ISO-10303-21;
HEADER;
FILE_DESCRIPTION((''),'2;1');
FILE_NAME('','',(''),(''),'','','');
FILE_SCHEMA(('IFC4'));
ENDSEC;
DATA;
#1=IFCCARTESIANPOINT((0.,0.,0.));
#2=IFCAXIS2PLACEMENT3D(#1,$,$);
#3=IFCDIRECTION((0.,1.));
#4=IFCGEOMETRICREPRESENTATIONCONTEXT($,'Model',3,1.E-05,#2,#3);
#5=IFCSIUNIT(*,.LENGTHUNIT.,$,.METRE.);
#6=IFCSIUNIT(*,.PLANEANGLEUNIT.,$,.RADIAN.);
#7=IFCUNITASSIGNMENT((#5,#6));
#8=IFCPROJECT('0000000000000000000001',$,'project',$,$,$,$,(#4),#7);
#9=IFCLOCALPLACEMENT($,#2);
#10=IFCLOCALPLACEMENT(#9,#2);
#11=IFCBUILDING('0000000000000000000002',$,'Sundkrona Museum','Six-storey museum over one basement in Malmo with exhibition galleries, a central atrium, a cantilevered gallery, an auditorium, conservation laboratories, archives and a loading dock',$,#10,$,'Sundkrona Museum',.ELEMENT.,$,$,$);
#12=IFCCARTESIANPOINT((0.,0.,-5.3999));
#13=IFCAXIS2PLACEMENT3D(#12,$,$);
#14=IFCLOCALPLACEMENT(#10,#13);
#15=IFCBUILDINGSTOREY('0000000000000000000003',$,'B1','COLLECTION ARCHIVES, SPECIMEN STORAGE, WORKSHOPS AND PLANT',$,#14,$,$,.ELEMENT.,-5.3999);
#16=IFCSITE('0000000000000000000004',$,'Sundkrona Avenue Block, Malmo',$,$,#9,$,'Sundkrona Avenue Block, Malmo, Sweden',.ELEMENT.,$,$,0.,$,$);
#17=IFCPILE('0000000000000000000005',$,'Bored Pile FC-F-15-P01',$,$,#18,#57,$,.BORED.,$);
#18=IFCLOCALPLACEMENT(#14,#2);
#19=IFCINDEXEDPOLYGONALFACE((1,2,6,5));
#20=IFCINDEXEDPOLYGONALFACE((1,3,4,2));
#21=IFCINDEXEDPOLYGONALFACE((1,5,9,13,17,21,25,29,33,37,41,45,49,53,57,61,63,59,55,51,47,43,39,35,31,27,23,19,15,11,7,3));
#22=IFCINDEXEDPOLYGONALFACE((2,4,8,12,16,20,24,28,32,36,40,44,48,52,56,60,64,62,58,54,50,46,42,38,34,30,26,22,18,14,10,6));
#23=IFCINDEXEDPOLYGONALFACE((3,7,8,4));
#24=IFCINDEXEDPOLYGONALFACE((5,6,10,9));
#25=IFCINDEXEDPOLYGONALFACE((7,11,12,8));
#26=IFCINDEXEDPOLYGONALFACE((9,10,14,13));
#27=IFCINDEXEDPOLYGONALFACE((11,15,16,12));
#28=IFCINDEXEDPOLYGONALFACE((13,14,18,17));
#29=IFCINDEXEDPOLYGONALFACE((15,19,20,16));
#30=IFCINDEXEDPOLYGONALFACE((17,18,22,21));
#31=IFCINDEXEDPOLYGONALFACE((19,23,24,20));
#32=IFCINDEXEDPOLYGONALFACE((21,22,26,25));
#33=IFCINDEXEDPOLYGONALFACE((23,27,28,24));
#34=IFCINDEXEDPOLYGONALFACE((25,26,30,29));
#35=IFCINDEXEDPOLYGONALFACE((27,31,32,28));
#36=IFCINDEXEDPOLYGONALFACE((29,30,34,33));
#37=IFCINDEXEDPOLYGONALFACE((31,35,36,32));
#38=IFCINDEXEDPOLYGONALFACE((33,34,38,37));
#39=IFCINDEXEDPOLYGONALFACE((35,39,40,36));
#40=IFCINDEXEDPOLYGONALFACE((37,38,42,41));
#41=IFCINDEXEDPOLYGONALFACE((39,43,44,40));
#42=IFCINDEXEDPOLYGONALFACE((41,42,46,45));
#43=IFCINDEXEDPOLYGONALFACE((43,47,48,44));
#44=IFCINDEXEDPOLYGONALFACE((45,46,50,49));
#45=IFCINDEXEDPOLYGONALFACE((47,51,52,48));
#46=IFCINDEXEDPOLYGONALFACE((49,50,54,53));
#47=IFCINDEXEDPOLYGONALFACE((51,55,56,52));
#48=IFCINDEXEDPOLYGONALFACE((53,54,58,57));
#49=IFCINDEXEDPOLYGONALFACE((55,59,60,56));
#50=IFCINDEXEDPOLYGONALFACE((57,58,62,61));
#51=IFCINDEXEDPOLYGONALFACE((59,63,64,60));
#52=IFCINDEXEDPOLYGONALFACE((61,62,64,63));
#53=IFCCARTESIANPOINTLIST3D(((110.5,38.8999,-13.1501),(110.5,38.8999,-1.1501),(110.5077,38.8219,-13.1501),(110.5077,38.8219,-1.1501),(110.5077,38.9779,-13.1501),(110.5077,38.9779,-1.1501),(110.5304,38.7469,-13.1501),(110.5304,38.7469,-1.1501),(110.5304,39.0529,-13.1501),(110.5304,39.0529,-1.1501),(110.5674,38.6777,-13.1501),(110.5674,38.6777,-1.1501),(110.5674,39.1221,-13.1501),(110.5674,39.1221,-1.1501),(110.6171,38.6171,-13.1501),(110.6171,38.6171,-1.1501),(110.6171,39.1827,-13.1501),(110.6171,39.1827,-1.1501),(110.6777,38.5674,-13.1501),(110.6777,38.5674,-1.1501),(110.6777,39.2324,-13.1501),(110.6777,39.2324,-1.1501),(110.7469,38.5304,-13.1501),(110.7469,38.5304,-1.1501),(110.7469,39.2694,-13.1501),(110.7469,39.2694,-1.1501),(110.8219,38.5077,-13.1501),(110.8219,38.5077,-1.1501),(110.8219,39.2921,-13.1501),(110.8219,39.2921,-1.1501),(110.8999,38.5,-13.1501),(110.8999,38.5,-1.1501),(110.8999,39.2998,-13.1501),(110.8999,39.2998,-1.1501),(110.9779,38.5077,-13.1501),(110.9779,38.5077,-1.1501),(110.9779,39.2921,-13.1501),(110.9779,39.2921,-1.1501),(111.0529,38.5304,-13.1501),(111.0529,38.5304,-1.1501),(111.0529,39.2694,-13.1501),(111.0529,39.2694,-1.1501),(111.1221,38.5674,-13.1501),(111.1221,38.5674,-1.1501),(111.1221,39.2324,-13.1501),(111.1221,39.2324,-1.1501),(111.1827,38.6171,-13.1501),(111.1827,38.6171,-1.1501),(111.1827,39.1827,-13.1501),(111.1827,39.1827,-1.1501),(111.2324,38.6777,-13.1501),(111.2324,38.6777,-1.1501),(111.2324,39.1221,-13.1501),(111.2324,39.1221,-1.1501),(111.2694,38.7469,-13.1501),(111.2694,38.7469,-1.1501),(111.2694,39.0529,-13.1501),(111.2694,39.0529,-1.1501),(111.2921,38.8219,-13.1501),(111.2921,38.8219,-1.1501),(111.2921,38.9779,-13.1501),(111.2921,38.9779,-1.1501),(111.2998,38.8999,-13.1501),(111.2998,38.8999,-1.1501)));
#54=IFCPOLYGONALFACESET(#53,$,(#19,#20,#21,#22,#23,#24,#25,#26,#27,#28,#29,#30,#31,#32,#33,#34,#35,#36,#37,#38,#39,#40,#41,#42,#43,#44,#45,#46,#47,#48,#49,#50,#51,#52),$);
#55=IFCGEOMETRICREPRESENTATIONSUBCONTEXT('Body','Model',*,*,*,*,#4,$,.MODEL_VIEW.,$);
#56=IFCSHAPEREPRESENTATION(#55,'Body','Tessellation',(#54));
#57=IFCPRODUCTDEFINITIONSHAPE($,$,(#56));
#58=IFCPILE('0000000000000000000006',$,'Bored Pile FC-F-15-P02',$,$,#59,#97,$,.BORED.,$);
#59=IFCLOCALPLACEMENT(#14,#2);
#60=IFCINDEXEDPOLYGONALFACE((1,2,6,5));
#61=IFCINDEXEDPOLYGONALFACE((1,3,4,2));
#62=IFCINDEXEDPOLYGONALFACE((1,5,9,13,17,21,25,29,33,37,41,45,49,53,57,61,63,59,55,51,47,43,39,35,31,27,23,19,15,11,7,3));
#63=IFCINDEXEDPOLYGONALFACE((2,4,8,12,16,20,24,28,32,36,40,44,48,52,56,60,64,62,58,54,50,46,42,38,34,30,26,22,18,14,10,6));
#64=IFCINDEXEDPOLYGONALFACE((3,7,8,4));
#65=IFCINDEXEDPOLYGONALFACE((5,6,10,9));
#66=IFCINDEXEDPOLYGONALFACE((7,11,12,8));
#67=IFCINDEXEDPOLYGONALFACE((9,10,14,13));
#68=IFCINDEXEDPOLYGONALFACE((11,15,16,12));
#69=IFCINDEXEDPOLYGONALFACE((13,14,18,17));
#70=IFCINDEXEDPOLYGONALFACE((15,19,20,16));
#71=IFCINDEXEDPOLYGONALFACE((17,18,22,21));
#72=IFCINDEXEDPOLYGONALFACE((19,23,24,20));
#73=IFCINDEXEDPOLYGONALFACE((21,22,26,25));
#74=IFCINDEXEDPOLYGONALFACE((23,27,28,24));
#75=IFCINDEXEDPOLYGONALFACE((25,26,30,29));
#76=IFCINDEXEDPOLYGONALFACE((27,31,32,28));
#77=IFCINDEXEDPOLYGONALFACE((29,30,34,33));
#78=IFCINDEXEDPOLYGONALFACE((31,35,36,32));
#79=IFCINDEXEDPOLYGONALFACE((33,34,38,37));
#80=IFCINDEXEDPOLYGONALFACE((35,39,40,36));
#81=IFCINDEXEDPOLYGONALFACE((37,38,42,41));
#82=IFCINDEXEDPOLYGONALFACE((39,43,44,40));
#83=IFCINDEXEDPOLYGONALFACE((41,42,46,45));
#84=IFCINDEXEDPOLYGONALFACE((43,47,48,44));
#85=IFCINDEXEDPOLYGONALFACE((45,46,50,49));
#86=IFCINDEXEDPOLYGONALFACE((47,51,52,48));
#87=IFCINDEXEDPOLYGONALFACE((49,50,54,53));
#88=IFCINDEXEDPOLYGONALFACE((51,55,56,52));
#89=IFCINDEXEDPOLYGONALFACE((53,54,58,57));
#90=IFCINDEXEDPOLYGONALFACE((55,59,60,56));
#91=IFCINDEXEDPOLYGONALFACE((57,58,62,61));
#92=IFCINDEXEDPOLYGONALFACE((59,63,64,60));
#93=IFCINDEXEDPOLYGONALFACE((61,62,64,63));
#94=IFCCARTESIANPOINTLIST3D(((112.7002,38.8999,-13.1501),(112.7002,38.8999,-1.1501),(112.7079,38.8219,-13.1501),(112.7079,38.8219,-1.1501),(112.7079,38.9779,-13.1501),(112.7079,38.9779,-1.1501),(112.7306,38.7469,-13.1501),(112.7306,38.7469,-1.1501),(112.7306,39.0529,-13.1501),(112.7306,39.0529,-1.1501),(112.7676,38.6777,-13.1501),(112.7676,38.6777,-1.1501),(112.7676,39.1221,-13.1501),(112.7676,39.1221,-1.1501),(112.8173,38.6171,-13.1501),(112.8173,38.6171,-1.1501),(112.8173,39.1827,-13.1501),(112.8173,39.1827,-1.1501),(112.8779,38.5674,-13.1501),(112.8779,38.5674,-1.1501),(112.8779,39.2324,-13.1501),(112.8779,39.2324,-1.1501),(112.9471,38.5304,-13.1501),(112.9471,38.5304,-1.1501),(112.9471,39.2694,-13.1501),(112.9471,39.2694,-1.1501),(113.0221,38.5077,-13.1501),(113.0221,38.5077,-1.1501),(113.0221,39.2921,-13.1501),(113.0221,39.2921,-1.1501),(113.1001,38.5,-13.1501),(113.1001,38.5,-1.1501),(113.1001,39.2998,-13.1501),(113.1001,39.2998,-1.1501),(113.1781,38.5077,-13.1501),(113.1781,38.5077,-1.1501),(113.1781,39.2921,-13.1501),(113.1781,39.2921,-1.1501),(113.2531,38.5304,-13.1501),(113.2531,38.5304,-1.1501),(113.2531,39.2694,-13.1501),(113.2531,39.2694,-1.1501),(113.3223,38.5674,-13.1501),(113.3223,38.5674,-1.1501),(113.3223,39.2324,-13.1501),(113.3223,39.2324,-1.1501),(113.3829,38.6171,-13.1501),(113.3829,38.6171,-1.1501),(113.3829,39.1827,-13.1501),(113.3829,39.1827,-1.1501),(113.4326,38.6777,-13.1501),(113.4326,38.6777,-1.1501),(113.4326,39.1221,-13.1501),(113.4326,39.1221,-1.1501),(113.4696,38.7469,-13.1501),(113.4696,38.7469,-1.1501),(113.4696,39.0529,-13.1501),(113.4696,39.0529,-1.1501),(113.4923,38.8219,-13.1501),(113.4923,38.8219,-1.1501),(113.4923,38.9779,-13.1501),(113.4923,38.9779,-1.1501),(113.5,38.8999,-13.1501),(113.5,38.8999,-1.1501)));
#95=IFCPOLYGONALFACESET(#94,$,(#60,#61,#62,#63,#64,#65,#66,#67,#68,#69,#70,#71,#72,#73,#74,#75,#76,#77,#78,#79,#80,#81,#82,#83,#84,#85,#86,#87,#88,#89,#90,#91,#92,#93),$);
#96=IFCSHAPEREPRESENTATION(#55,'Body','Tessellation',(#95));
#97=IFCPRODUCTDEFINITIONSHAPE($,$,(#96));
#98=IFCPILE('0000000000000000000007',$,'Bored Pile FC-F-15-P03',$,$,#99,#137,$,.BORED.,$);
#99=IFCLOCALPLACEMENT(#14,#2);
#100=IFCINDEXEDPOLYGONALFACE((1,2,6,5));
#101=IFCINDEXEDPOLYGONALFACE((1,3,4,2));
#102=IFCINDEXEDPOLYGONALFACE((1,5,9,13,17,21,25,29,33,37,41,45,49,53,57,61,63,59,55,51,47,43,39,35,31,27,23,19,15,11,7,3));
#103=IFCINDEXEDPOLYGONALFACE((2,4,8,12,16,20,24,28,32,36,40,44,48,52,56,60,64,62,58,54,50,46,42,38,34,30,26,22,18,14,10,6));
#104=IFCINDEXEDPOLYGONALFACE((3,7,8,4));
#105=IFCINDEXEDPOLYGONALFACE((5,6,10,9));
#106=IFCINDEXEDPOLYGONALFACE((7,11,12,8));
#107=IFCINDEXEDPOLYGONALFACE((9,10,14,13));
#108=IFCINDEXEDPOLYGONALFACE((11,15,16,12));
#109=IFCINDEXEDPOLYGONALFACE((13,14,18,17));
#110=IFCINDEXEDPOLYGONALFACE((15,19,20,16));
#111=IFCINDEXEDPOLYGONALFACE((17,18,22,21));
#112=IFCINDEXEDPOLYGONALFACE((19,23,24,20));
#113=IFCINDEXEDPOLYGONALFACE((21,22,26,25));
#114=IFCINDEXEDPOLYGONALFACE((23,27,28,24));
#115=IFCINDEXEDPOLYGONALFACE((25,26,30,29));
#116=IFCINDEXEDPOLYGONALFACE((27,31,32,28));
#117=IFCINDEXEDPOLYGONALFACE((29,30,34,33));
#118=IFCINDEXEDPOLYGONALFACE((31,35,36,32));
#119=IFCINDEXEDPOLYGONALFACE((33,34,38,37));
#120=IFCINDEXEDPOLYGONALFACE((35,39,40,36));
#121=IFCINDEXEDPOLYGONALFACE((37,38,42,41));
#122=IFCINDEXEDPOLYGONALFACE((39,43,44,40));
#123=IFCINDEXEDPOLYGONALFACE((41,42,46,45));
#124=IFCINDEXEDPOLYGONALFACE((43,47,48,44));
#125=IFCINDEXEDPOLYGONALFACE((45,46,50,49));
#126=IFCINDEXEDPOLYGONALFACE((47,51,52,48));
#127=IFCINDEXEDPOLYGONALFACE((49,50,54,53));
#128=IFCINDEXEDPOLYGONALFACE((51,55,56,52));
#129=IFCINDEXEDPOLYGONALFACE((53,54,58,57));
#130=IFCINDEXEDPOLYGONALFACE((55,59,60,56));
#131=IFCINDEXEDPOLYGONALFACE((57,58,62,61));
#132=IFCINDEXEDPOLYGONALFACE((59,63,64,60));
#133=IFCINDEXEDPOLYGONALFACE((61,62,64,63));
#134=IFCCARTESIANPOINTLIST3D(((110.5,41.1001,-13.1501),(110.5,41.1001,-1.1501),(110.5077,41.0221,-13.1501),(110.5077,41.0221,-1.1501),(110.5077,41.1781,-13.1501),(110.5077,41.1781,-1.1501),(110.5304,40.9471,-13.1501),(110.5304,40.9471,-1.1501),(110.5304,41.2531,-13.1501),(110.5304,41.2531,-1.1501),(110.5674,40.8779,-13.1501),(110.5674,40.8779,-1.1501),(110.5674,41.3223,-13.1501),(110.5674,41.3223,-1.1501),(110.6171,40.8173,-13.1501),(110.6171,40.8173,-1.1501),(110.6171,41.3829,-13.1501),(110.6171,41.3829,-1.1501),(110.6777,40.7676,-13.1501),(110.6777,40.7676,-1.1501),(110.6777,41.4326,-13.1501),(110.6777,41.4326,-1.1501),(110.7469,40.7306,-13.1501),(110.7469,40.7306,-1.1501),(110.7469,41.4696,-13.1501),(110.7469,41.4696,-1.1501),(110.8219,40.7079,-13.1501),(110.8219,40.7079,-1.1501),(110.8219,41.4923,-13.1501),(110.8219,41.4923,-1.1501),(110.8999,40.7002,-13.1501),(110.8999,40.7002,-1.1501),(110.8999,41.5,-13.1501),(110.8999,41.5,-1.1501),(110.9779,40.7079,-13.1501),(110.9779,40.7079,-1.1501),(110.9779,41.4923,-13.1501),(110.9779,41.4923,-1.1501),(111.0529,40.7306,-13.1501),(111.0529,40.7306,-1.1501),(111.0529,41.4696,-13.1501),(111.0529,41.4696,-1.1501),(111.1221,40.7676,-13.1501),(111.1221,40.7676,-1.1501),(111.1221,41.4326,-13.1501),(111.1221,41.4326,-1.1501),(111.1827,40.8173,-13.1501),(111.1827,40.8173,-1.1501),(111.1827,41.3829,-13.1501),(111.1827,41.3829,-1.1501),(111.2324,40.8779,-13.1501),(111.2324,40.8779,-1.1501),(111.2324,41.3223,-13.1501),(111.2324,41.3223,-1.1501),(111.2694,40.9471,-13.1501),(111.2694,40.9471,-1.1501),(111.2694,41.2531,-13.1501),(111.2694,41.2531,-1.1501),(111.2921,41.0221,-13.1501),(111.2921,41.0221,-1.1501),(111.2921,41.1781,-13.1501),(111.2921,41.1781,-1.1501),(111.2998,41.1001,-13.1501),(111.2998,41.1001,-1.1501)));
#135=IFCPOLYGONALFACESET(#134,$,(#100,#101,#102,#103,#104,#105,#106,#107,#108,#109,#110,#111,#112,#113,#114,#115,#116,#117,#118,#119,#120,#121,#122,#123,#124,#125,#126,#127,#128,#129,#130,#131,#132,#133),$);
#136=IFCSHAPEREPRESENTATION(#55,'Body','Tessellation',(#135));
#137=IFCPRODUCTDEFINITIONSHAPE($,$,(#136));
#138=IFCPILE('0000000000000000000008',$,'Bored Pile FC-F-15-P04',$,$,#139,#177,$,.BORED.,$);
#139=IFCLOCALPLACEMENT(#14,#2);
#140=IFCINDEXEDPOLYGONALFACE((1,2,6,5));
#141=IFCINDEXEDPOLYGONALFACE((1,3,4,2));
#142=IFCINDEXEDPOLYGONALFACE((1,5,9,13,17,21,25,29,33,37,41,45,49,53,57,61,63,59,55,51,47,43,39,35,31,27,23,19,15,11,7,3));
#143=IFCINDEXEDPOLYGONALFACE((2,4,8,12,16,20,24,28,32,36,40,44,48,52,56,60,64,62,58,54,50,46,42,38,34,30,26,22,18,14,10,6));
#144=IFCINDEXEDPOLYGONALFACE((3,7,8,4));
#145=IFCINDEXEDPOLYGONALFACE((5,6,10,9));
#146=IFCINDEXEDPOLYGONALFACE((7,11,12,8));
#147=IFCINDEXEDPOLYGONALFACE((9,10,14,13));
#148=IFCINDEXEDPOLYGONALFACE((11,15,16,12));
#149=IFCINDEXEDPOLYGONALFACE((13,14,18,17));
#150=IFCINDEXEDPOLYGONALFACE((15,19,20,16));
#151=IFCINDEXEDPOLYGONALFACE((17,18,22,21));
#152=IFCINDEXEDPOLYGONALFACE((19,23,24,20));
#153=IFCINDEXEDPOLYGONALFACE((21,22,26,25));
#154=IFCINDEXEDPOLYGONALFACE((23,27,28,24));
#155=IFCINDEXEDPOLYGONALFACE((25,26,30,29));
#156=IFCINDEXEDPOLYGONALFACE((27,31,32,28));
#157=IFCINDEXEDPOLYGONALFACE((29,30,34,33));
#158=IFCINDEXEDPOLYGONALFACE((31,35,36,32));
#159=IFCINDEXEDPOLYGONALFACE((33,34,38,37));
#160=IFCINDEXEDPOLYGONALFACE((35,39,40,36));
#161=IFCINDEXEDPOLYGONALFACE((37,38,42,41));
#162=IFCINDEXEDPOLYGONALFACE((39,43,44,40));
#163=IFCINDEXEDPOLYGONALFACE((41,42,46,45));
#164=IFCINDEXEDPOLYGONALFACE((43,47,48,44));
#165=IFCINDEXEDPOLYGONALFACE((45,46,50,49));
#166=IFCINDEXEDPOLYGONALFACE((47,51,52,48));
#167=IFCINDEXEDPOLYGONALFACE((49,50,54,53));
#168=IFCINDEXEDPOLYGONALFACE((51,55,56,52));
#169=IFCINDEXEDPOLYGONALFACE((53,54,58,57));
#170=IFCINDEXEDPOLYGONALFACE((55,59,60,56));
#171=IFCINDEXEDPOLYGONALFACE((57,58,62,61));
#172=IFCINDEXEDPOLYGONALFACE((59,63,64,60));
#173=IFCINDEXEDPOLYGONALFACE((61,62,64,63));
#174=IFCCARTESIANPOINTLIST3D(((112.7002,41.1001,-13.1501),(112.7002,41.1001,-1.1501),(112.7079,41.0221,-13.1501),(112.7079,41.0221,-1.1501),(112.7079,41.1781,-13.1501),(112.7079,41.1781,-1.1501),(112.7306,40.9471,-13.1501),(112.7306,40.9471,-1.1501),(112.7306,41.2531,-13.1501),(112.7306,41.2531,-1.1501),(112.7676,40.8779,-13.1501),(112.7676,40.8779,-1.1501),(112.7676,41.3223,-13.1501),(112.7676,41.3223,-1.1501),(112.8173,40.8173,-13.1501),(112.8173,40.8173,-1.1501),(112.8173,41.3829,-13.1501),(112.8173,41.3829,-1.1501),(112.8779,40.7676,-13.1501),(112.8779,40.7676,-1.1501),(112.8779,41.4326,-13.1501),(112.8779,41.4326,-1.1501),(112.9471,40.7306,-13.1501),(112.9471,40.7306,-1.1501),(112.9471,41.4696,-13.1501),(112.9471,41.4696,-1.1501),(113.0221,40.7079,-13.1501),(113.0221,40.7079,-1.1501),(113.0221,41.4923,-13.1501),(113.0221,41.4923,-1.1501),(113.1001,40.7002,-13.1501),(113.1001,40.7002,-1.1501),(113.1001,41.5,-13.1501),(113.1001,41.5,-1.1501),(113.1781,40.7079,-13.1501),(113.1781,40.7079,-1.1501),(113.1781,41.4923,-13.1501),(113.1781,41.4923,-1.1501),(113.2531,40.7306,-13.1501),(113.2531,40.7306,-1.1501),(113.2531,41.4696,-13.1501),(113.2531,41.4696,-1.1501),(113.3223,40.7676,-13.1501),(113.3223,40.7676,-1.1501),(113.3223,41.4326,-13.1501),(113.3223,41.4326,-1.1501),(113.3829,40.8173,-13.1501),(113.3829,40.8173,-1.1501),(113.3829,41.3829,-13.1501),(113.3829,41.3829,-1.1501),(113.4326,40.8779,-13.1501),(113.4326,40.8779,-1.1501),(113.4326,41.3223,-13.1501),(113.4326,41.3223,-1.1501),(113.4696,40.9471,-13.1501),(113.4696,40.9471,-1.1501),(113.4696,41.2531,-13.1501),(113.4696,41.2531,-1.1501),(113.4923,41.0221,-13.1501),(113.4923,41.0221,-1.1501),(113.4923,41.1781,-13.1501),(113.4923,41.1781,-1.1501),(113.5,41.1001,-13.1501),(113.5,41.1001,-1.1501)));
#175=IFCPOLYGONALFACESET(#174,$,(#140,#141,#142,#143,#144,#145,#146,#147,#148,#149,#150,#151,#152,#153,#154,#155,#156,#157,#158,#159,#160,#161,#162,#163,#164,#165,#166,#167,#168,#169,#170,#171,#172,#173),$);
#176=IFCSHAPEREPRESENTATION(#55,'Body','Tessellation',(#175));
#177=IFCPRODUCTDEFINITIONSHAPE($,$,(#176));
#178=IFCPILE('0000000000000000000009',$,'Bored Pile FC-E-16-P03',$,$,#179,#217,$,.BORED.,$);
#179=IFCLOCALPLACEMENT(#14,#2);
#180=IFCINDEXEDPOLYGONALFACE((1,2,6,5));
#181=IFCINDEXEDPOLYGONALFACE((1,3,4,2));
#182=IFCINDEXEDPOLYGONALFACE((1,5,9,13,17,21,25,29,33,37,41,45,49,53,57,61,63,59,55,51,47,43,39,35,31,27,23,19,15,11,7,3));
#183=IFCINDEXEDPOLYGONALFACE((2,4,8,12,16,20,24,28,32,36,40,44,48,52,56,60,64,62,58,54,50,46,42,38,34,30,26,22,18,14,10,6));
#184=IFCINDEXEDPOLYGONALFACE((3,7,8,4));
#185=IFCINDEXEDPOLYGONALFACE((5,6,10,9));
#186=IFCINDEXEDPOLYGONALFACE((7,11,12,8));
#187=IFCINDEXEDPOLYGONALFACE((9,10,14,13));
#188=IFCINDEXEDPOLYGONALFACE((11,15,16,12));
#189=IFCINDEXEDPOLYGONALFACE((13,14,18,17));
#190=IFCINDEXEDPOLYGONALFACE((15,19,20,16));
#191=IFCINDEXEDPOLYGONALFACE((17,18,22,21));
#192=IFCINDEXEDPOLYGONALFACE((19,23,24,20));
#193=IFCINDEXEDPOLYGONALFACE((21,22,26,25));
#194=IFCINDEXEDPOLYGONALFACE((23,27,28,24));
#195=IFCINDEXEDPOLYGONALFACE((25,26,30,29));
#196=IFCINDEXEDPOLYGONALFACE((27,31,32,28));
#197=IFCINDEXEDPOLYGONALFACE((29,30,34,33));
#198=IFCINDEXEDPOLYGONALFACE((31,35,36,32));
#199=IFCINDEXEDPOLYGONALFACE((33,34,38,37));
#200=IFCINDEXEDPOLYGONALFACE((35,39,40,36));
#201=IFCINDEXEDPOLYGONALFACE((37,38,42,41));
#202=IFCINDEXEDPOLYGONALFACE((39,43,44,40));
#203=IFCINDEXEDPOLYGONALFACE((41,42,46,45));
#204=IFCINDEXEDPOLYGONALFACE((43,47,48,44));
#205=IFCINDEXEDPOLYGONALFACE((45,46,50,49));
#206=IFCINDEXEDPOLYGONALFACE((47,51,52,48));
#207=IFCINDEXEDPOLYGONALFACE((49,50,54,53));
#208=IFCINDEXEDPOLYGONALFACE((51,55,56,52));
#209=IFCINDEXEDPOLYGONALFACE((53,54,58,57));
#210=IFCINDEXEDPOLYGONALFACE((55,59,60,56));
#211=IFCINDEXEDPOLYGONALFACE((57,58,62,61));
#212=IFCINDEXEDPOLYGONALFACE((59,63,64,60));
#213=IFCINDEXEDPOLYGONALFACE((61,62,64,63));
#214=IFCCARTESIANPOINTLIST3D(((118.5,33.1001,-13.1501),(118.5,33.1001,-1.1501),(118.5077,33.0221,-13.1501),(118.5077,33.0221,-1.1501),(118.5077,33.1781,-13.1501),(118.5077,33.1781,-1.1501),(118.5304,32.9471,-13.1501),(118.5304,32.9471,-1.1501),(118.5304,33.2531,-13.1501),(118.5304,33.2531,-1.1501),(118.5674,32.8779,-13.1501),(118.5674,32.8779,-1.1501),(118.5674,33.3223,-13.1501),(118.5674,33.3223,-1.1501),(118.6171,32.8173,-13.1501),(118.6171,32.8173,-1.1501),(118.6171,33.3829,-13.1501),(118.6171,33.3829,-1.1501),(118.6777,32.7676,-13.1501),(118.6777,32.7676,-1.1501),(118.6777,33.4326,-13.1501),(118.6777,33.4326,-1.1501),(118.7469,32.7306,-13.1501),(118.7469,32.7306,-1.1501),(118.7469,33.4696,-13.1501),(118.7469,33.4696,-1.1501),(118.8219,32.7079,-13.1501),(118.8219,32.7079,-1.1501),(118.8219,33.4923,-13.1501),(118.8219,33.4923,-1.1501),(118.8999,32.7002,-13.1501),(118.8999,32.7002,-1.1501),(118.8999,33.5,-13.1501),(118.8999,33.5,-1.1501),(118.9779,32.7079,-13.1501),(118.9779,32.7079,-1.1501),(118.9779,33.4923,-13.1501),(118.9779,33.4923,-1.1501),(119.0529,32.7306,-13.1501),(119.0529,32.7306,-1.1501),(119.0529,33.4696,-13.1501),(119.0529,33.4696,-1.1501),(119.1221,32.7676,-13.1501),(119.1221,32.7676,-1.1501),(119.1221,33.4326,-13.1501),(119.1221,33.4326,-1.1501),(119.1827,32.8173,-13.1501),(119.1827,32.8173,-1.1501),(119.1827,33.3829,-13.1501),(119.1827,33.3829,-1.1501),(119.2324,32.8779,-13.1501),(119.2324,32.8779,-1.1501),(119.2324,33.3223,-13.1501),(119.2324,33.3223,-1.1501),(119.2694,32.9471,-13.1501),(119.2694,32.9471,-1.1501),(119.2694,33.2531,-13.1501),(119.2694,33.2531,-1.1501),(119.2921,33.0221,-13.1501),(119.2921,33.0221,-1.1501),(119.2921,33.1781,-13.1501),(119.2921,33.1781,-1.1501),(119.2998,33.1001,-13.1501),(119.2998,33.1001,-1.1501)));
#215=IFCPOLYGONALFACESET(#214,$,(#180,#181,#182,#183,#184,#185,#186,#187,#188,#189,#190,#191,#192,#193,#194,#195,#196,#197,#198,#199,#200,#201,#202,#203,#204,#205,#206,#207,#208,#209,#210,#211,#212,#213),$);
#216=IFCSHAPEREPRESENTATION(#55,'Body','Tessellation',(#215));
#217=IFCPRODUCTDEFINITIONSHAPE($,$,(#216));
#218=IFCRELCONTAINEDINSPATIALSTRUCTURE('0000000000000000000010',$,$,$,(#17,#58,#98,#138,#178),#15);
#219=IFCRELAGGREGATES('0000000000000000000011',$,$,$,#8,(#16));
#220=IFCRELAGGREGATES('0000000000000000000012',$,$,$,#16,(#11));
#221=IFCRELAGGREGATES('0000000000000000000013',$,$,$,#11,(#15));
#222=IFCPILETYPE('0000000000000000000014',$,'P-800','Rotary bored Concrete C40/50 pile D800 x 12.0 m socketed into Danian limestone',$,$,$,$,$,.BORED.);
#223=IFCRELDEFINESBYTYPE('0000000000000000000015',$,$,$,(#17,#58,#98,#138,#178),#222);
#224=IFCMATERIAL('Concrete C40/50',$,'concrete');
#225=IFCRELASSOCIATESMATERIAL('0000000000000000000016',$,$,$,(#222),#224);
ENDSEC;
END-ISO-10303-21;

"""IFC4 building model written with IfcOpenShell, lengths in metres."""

from ifc_helpers import new_model, si_unit, direction, frame, origin, origin_2d, place, context, subcontext, project, spatial, circle, extrude, material, material_profile, profile_set, type_object, element, save


model = new_model("IFC4")

# Units and contexts
model_context = context("Model", 3, precision=1e-05, world=origin(), true_north=direction((0.0, 1.0)))
body_context = subcontext(model_context, "Body", "Model", "MODEL_VIEW")
ifc_project = project(units=[si_unit("LENGTHUNIT", "METRE"), si_unit("PLANEANGLEUNIT", "RADIAN")], contexts=[model_context])

# Site, building, storey
site_placement = place(None, origin())
site = spatial("IfcSite", under=ifc_project, at=site_placement, Name="Sundkrona Avenue Block, Malmo", LongName="Sundkrona Avenue Block, Malmo, Sweden", CompositionType="ELEMENT", RefElevation=0.0)
building_placement = place(site_placement, origin())
building = spatial("IfcBuilding", under=site, at=building_placement, Name="Sundkrona Museum", Description="Six-storey museum over one basement in Malmo with exhibition galleries, a central atrium, a cantilevered gallery, an auditorium, conservation laboratories, archives and a loading dock", LongName="Sundkrona Museum", CompositionType="ELEMENT")
storey_placement = place(building_placement, frame((0.0, 0.0, -5.3999)))
storey = spatial("IfcBuildingStorey", under=building, at=storey_placement, Name="B1", Description="COLLECTION ARCHIVES, SPECIMEN STORAGE, WORKSHOPS AND PLANT", CompositionType="ELEMENT", Elevation=-5.3999)

# Shared definitions
ifc_material = material(Name="Concrete C40/50", Category="concrete")

# Piles
ifc_material_profile_1 = material_profile(ifc_material, circle(Radius=0.3999, at=origin_2d()), Name="PILE D800")
ifc_profile_set_1 = profile_set([ifc_material_profile_1], Name="Concrete C40/50")
pile_type = type_object("IfcPileType", Name="P-800", Description="Rotary bored Concrete C40/50 pile D800 x 12.0 m socketed into Danian limestone", PredefinedType="BORED", material=ifc_profile_set_1)
for number, where, z_axis, x_axis, name in (
    (1, (110.8999, 38.8999, -1.1501), (0.0, 0.0, -1.0), (1.0, 0.0, 0.0), "Bored Pile FC-F-15-P01"),
    (2, (113.1001, 38.8999, -1.1501), (0.0, 0.0, -1.0), (1.0, 0.0, 0.0), "Bored Pile FC-F-15-P02"),
    (3, (110.8999, 41.1001, -1.1501), (0.0, 0.0, -1.0), (1.0, 0.0, 0.0), "Bored Pile FC-F-15-P03"),
    (4, (113.1001, 41.1001, -1.1501), (0.0, 0.0, -1.0), (1.0, 0.0, 0.0), "Bored Pile FC-F-15-P04"),
    (5, (118.8999, 33.1001, -1.1501), (0.0, 0.0, -1.0), (1.0, 0.0, 0.0), "Bored Pile FC-E-16-P03"),
):
    element("IfcPile", number, at=place(storey_placement, frame(where, z_axis=z_axis, x_axis=x_axis)), inside=storey, type_object=pile_type, Name=name, PredefinedType="BORED", context=body_context, shape_type="SweptSolid", body=[
        extrude(circle(Radius=0.3999, at=origin_2d()), origin(), (0.0, 0.0, 1.0), 12.0),
    ])

save(model, "model.ifc")
